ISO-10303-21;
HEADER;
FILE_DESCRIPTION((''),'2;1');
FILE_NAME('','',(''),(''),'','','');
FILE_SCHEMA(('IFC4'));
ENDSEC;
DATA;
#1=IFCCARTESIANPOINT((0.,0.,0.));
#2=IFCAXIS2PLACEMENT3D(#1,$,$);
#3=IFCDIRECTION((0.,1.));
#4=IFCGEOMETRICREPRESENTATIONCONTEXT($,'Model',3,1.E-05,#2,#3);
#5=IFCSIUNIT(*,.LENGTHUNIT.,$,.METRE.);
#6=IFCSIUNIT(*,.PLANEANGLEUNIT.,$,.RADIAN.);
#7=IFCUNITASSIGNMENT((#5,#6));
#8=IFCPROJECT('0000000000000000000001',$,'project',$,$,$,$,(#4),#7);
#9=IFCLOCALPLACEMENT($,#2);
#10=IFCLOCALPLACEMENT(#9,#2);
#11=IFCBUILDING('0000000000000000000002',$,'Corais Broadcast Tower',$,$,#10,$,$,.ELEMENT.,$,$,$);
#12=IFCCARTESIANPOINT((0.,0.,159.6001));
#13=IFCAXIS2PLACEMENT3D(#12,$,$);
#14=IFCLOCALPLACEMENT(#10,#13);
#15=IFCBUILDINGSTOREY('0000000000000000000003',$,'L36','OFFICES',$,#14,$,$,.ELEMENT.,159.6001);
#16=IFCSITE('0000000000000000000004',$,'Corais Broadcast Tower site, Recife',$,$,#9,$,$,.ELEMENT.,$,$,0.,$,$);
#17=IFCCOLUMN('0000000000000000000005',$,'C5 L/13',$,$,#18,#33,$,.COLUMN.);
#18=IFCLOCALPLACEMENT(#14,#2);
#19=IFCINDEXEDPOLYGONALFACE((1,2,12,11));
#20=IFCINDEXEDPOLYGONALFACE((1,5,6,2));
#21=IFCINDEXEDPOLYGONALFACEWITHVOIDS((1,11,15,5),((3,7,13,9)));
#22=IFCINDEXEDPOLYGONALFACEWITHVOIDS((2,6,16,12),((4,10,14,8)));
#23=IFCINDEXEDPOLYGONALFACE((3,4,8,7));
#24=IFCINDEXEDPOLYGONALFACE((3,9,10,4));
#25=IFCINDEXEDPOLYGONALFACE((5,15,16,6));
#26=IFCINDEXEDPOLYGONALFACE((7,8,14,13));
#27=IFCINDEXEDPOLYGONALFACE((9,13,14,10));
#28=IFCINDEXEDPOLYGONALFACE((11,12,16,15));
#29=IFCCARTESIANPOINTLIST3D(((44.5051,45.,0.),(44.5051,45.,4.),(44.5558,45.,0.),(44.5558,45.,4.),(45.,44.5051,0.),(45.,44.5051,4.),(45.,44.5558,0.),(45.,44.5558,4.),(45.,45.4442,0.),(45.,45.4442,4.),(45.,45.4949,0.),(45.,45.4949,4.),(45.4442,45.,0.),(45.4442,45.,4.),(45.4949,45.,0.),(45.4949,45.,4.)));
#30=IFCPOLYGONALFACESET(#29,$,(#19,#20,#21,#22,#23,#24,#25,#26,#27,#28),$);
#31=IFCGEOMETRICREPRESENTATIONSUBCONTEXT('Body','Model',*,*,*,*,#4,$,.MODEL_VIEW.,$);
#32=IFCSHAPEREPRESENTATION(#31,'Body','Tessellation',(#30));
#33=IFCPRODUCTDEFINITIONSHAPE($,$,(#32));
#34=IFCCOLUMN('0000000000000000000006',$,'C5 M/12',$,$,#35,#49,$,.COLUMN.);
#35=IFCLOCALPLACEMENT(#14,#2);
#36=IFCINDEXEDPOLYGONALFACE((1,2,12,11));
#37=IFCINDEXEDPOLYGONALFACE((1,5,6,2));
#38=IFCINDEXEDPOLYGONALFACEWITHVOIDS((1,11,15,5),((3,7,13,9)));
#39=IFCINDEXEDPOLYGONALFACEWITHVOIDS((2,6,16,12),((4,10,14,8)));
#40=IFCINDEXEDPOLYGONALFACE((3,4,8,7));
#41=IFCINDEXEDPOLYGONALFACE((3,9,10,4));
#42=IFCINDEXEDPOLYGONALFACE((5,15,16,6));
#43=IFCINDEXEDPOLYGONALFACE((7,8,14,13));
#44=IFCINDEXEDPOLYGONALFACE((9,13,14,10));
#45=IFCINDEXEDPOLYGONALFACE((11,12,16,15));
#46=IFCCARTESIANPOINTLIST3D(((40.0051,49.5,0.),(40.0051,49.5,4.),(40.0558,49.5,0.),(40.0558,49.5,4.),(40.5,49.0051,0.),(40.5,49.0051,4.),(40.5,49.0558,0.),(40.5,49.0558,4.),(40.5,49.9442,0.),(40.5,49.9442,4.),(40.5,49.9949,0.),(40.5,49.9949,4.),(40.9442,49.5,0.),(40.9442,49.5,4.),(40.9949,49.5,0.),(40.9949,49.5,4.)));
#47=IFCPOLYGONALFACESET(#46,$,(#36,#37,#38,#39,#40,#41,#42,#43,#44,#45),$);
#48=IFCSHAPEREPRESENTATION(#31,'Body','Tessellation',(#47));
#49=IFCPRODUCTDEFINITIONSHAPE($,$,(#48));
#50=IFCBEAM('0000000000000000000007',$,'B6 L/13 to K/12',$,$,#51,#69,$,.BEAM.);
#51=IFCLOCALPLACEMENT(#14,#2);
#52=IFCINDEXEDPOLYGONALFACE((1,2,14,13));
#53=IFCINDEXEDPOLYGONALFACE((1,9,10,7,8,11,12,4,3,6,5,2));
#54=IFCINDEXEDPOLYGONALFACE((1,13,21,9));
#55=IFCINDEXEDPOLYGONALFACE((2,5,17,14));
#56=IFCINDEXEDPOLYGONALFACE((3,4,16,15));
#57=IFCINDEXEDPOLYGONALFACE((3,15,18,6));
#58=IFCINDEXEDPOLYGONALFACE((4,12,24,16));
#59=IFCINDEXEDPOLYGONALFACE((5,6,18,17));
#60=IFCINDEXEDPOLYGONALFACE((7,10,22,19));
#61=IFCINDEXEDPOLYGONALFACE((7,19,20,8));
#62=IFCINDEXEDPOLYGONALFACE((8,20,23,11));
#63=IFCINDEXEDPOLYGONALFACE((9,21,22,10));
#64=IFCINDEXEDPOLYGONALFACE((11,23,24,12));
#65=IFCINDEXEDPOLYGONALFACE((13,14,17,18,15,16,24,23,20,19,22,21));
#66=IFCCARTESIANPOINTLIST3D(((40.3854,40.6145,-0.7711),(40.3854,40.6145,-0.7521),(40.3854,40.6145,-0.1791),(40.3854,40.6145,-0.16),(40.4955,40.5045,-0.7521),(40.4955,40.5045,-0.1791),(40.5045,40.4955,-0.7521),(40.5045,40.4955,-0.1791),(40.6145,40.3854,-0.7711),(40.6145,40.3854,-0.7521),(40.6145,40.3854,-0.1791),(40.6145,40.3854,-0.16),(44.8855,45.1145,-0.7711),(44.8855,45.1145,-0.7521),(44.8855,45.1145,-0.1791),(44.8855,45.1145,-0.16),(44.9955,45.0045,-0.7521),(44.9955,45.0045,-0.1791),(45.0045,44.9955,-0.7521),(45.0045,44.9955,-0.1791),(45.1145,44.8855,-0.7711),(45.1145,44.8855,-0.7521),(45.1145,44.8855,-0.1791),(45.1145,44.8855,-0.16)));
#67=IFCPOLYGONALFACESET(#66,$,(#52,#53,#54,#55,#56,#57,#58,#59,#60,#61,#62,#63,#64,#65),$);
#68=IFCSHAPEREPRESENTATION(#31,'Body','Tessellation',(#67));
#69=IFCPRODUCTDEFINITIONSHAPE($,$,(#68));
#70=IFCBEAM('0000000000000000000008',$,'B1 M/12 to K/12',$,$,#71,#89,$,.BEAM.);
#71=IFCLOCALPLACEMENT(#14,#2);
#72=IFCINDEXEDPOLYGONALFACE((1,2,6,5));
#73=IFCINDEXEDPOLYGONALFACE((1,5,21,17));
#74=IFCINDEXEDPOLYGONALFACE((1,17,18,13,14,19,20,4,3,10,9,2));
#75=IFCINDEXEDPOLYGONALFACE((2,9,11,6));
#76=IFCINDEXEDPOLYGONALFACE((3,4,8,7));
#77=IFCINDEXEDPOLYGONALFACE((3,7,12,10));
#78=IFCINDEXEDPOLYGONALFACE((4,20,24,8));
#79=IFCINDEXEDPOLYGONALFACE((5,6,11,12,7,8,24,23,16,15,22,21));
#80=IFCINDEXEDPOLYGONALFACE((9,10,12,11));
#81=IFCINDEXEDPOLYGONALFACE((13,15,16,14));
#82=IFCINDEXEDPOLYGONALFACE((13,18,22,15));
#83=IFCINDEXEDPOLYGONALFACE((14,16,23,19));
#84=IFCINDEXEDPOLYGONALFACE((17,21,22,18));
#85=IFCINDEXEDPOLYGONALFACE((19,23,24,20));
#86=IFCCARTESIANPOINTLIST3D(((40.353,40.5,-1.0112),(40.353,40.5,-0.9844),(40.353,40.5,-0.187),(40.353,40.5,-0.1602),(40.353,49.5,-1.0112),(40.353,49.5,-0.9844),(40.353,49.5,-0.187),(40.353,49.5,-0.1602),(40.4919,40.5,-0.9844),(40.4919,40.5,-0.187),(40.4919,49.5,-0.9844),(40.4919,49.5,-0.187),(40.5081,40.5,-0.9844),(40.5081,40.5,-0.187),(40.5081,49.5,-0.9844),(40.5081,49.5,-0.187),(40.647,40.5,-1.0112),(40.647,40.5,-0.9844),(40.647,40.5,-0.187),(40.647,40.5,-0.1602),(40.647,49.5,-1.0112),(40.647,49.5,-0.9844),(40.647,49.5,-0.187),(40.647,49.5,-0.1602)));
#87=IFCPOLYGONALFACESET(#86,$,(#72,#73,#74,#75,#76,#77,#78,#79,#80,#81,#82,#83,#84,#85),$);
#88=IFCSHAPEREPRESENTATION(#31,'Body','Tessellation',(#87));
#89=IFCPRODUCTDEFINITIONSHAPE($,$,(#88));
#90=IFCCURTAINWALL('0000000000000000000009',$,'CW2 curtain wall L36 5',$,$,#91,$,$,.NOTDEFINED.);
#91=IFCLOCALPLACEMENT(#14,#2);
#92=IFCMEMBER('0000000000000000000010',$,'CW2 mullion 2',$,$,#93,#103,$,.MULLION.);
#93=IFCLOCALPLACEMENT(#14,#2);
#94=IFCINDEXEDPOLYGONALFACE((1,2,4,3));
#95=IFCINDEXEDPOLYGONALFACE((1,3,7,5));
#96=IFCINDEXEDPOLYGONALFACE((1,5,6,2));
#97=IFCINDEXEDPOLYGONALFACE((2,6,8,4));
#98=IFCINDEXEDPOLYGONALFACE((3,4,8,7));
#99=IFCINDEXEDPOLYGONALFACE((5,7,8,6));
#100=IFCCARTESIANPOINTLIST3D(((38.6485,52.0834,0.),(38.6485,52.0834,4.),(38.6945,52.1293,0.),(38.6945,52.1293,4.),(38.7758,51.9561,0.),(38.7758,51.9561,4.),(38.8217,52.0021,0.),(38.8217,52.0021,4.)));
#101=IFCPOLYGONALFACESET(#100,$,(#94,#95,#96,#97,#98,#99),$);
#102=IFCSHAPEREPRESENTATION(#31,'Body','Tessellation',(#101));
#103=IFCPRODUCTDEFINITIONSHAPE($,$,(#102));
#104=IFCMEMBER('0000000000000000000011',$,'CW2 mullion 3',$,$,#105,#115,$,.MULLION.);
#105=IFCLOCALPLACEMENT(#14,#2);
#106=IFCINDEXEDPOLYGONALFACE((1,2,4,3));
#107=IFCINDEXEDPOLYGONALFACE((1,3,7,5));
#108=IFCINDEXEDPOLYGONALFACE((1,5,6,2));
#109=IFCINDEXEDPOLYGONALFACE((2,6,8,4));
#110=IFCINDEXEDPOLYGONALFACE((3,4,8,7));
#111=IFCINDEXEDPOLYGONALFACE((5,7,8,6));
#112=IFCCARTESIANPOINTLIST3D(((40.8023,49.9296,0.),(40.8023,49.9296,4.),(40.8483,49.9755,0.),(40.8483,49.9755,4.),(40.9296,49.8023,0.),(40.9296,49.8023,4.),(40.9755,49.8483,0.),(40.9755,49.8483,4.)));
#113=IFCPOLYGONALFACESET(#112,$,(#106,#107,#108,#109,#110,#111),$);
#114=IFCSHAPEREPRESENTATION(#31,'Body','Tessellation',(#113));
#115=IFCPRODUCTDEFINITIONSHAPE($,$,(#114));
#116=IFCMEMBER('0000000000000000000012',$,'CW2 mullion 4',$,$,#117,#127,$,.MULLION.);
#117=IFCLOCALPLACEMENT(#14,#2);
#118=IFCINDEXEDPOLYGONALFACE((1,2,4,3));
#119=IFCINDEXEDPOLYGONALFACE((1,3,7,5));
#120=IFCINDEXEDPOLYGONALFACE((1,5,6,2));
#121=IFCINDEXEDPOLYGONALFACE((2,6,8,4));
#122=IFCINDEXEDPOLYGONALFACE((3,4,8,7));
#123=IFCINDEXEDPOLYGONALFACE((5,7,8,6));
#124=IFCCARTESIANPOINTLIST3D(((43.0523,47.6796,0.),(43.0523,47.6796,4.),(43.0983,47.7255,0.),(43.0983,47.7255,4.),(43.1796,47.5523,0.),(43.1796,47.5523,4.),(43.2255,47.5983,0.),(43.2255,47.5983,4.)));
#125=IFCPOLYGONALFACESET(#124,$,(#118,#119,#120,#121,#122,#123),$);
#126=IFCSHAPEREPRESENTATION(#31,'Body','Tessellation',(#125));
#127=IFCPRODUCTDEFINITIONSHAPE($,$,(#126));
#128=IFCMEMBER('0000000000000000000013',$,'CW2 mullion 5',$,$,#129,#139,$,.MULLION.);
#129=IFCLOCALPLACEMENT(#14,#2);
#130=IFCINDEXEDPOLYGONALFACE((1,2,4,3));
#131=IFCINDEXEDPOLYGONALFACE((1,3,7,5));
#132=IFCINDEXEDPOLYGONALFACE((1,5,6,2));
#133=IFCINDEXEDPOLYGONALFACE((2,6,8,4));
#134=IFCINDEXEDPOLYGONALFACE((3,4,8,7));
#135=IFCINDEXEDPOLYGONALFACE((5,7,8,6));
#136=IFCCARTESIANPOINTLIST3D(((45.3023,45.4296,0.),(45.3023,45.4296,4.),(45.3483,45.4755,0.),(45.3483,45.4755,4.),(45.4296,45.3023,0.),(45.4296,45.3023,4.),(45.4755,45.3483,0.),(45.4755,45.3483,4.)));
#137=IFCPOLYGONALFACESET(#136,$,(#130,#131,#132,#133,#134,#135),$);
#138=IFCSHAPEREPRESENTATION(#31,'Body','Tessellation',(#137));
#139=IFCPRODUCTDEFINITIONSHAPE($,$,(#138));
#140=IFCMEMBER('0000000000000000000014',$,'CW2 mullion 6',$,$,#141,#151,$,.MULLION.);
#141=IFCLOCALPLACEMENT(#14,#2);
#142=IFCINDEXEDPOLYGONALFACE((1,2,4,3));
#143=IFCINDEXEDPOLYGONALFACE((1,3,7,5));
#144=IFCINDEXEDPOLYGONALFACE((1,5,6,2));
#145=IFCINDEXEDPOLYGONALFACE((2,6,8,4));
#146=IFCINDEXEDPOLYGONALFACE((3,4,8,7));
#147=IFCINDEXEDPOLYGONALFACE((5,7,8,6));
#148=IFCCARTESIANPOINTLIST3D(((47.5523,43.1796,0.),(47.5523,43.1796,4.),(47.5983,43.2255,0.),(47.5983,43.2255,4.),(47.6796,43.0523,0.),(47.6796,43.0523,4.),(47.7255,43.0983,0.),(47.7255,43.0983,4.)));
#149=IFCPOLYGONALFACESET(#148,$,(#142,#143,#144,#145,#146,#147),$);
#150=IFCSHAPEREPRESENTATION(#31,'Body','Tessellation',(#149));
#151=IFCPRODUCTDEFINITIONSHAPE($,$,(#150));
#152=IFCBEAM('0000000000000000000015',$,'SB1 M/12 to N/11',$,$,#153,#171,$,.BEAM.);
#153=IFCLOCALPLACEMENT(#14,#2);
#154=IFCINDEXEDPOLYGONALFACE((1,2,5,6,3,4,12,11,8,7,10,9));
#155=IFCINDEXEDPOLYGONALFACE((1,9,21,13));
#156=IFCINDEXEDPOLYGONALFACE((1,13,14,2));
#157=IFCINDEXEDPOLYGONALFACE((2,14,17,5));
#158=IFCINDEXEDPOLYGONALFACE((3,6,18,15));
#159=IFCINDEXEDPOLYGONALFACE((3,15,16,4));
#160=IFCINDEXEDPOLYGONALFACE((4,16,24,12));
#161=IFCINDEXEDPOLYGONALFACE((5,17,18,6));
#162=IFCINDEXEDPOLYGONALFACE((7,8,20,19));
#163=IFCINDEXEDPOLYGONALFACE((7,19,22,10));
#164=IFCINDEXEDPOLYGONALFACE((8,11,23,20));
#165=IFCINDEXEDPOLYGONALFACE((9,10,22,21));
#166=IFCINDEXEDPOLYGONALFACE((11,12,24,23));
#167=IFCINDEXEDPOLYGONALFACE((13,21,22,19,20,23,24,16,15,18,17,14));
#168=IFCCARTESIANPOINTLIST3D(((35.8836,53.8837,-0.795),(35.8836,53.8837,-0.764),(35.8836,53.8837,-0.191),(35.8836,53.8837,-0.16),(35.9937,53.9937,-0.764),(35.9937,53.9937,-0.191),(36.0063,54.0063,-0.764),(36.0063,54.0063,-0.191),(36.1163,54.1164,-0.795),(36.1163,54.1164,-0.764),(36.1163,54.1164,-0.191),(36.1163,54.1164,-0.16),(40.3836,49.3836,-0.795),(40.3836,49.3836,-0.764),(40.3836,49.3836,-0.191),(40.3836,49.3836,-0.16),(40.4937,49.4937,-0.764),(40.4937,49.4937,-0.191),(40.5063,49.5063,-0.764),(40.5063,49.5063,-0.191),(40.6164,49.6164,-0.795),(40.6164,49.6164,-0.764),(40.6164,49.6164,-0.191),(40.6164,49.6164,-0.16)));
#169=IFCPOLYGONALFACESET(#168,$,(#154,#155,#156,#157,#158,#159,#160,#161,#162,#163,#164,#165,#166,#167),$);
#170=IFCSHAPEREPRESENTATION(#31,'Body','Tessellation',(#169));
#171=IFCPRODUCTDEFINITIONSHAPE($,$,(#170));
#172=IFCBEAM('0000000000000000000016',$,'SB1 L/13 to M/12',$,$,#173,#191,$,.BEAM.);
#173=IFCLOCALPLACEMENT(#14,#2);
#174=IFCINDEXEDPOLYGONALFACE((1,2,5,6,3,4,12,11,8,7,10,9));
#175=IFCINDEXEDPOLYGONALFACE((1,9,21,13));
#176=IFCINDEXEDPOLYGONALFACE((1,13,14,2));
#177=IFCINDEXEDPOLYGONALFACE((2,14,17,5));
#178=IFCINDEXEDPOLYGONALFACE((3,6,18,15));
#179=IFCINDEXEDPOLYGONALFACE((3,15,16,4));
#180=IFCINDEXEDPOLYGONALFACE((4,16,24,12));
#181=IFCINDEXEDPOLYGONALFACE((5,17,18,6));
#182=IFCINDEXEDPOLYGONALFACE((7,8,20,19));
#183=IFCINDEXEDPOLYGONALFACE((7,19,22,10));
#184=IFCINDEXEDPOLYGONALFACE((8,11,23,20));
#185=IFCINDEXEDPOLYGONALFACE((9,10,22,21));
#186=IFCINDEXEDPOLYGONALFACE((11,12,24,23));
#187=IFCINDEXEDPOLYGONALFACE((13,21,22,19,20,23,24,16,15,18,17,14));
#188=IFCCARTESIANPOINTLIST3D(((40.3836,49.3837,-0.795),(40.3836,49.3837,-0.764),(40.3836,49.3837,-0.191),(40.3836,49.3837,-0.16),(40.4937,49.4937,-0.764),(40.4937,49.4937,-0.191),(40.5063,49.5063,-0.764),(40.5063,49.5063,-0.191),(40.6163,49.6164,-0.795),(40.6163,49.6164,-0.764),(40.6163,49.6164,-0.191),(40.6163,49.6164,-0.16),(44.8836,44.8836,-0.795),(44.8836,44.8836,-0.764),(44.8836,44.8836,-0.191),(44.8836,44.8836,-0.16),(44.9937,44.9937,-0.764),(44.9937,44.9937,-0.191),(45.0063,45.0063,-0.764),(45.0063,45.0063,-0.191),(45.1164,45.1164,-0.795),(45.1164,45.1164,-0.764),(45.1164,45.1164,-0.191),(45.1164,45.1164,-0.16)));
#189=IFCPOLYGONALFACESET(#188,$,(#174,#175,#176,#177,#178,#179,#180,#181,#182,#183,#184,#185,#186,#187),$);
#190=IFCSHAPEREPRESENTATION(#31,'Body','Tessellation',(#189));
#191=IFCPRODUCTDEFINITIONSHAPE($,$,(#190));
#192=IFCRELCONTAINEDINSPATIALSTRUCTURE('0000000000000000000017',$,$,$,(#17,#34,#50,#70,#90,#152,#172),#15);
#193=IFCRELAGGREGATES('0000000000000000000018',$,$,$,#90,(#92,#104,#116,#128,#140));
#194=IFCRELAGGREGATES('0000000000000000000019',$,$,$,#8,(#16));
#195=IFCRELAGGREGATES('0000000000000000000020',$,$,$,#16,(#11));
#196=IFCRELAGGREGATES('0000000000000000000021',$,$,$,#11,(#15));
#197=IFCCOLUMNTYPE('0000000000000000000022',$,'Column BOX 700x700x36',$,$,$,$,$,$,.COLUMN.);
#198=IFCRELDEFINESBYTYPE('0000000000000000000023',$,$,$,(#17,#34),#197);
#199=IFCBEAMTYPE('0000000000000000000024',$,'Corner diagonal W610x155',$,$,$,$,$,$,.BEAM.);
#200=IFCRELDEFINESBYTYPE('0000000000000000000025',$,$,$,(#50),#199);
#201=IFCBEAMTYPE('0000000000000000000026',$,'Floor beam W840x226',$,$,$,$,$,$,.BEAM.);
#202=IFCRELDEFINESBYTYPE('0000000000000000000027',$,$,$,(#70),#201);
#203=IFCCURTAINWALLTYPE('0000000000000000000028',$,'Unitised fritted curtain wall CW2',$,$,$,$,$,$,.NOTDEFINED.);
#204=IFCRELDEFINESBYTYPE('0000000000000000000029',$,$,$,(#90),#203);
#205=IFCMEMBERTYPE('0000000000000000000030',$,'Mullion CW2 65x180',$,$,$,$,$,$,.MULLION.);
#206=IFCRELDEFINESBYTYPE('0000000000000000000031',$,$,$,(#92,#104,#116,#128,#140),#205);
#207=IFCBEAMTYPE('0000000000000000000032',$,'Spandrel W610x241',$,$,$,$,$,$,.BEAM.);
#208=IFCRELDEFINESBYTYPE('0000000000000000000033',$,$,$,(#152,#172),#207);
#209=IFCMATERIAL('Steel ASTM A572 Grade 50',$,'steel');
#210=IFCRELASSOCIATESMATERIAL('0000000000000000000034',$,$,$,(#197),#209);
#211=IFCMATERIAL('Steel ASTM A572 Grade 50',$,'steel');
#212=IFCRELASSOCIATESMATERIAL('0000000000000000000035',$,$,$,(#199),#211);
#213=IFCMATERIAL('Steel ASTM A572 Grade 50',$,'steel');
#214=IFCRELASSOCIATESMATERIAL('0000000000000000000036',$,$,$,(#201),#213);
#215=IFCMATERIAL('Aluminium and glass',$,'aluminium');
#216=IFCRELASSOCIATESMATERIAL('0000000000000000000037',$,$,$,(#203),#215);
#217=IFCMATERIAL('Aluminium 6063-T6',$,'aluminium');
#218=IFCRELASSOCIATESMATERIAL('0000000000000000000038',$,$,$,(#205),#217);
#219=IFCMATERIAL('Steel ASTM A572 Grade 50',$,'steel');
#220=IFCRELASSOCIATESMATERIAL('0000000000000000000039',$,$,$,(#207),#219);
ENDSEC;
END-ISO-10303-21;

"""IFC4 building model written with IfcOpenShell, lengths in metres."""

from ifc_helpers import new_model, si_unit, direction, frame, origin, origin_2d, place, context, subcontext, project, spatial, rectangle, hollow_rectangle, i_section, extrude, material, material_profile, profile_set, type_object, element, aggregate, save


model = new_model("IFC4")

# Units and contexts
model_context = context("Model", 3, precision=1e-05, world=origin(), true_north=direction((0.0, 1.0)))
body_context = subcontext(model_context, "Body", "Model", "MODEL_VIEW")
ifc_project = project(units=[si_unit("LENGTHUNIT", "METRE"), si_unit("PLANEANGLEUNIT", "RADIAN")], contexts=[model_context])

# Site, building, storey
site_placement = place(None, origin())
site = spatial("IfcSite", under=ifc_project, at=site_placement, Name="Corais Broadcast Tower site, Recife", CompositionType="ELEMENT", RefElevation=0.0)
building_placement = place(site_placement, origin())
building = spatial("IfcBuilding", under=site, at=building_placement, Name="Corais Broadcast Tower", CompositionType="ELEMENT")
storey_placement = place(building_placement, frame((0.0, 0.0, 159.6001)))
storey = spatial("IfcBuildingStorey", under=building, at=storey_placement, Name="L36", Description="OFFICES", CompositionType="ELEMENT", Elevation=159.6001)

# Columns
ifc_material_1 = material(Name="Steel ASTM A572 Grade 50", Category="steel")
ifc_material_profile_1 = material_profile(ifc_material_1, hollow_rectangle(XDim=0.7, YDim=0.7, WallThickness=0.0359, at=origin_2d()), Name="BOX 700x700x36")
ifc_profile_set_1 = profile_set([ifc_material_profile_1], Name="Steel ASTM A572 Grade 50")
column_type = type_object("IfcColumnType", Name="Column BOX 700x700x36", PredefinedType="COLUMN", material=ifc_profile_set_1)
for number, where, z_axis, x_axis, name in (
    (1, (45.0, 45.0, 0.0), (0.0, 0.0, 1.0), (0.707107, 0.707107, 0.0), "C5 L/13"),
    (2, (40.5, 49.5, 0.0), (0.0, 0.0, 1.0), (0.707107, 0.707107, 0.0), "C5 M/12"),
):
    element("IfcColumn", number, at=place(storey_placement, frame(where, z_axis=z_axis, x_axis=x_axis)), inside=storey, type_object=column_type, Name=name, PredefinedType="COLUMN", context=body_context, shape_type="SweptSolid", body=[
        extrude(hollow_rectangle(XDim=0.7, YDim=0.7, WallThickness=0.0359, at=origin_2d()), origin(), (0.0, 0.0, 1.0), 4.0),
    ])

# Beams
ifc_material_2 = material(Name="Steel ASTM A572 Grade 50", Category="steel")
ifc_material_profile_2 = material_profile(ifc_material_2, i_section(OverallWidth=0.324, OverallDepth=0.6111, WebThickness=0.0127, FlangeThickness=0.019, at=origin_2d()), Name="W610x155")
ifc_profile_set_2 = profile_set([ifc_material_profile_2], Name="Steel ASTM A572 Grade 50")
beam_type_1 = type_object("IfcBeamType", Name="Corner diagonal W610x155", PredefinedType="BEAM", material=ifc_profile_set_2)
beam_1_placement = place(storey_placement, frame((45.0, 45.0, -0.4656), z_axis=(-0.707107, -0.707107, 0.0), x_axis=(0.707107, -0.707107, 0.0)))
element("IfcBeam", 3, at=beam_1_placement, inside=storey, type_object=beam_type_1, Name="B6 L/13 to K/12", PredefinedType="BEAM", context=body_context, shape_type="SweptSolid", body=[
    extrude(i_section(OverallWidth=0.324, OverallDepth=0.6111, WebThickness=0.0127, FlangeThickness=0.019, at=origin_2d()), origin(), (0.0, 0.0, 1.0), 6.364),
])
ifc_material_3 = material(Name="Steel ASTM A572 Grade 50", Category="steel")
ifc_material_profile_3 = material_profile(ifc_material_3, i_section(OverallWidth=0.2939, OverallDepth=0.8511, WebThickness=0.0161, FlangeThickness=0.0269, at=origin_2d()), Name="W840x226")
ifc_profile_set_3 = profile_set([ifc_material_profile_3], Name="Steel ASTM A572 Grade 50")
beam_type_2 = type_object("IfcBeamType", Name="Floor beam W840x226", PredefinedType="BEAM", material=ifc_profile_set_3)
beam_2_placement = place(storey_placement, frame((40.5, 49.5, -0.5857), z_axis=(0.0, -1.0, 0.0), x_axis=(1.0, 0.0, 0.0)))
element("IfcBeam", 4, at=beam_2_placement, inside=storey, type_object=beam_type_2, Name="B1 M/12 to K/12", PredefinedType="BEAM", context=body_context, shape_type="SweptSolid", body=[
    extrude(i_section(OverallWidth=0.2939, OverallDepth=0.8511, WebThickness=0.0161, FlangeThickness=0.0269, at=origin_2d()), origin(), (0.0, 0.0, 1.0), 9.0),
])

# Curtain wall, members
ifc_material_4 = material(Name="Aluminium and glass", Category="aluminium")
curtain_wall_type = type_object("IfcCurtainWallType", Name="Unitised fritted curtain wall CW2", PredefinedType="NOTDEFINED", material=ifc_material_4)
curtain_wall_placement = place(storey_placement, origin())
curtain_wall = element("IfcCurtainWall", 5, at=curtain_wall_placement, inside=storey, type_object=curtain_wall_type, Name="CW2 curtain wall L36 5", PredefinedType="NOTDEFINED")
ifc_material_5 = material(Name="Aluminium 6063-T6", Category="aluminium")
ifc_material_profile_4 = material_profile(ifc_material_5, rectangle(XDim=0.0649, YDim=0.1799, at=origin_2d()), Name="Mullion CW2 65x180")
ifc_profile_set_4 = profile_set([ifc_material_profile_4], Name="Aluminium 6063-T6")
member_type_1 = type_object("IfcMemberType", Name="Mullion CW2 65x180", PredefinedType="MULLION", material=ifc_profile_set_4)
member_1_placement = place(storey_placement, frame((38.7351, 52.0427, 0.0), z_axis=(0.0, 0.0, 1.0), x_axis=(0.707107, 0.707107, 0.0)))
member_1 = element("IfcMember", 6, at=member_1_placement, type_object=member_type_1, Name="CW2 mullion 2", PredefinedType="MULLION", context=body_context, shape_type="SweptSolid", body=[
    extrude(rectangle(XDim=0.0649, YDim=0.1799, at=origin_2d()), origin(), (0.0, 0.0, 1.0), 4.0),
])
member_2_placement = place(storey_placement, frame((40.8889, 49.8889, 0.0), z_axis=(0.0, 0.0, 1.0), x_axis=(0.707107, 0.707107, 0.0)))
member_2 = element("IfcMember", 7, at=member_2_placement, type_object=member_type_1, Name="CW2 mullion 3", PredefinedType="MULLION", context=body_context, shape_type="SweptSolid", body=[
    extrude(rectangle(XDim=0.0649, YDim=0.1799, at=origin_2d()), origin(), (0.0, 0.0, 1.0), 4.0),
])
member_3_placement = place(storey_placement, frame((43.1389, 47.6389, 0.0), z_axis=(0.0, 0.0, 1.0), x_axis=(0.707107, 0.707107, 0.0)))
member_3 = element("IfcMember", 8, at=member_3_placement, type_object=member_type_1, Name="CW2 mullion 4", PredefinedType="MULLION", context=body_context, shape_type="SweptSolid", body=[
    extrude(rectangle(XDim=0.0649, YDim=0.1799, at=origin_2d()), origin(), (0.0, 0.0, 1.0), 4.0),
])
member_4_placement = place(storey_placement, frame((45.3889, 45.3889, 0.0), z_axis=(0.0, 0.0, 1.0), x_axis=(0.707107, 0.707107, 0.0)))
member_4 = element("IfcMember", 9, at=member_4_placement, type_object=member_type_1, Name="CW2 mullion 5", PredefinedType="MULLION", context=body_context, shape_type="SweptSolid", body=[
    extrude(rectangle(XDim=0.0649, YDim=0.1799, at=origin_2d()), origin(), (0.0, 0.0, 1.0), 4.0),
])
member_5_placement = place(storey_placement, frame((47.6389, 43.1389, 0.0), z_axis=(0.0, 0.0, 1.0), x_axis=(0.707107, 0.707107, 0.0)))
member_5 = element("IfcMember", 10, at=member_5_placement, type_object=member_type_1, Name="CW2 mullion 6", PredefinedType="MULLION", context=body_context, shape_type="SweptSolid", body=[
    extrude(rectangle(XDim=0.0649, YDim=0.1799, at=origin_2d()), origin(), (0.0, 0.0, 1.0), 4.0),
])

# Beams
ifc_material_6 = material(Name="Steel ASTM A572 Grade 50", Category="steel")
ifc_material_profile_5 = material_profile(ifc_material_6, i_section(OverallWidth=0.3291, OverallDepth=0.635, WebThickness=0.0178, FlangeThickness=0.031, at=origin_2d()), Name="W610x241")
ifc_profile_set_5 = profile_set([ifc_material_profile_5], Name="Steel ASTM A572 Grade 50")
beam_type_3 = type_object("IfcBeamType", Name="Spandrel W610x241", PredefinedType="BEAM", material=ifc_profile_set_5)
for number, where, z_axis, x_axis, name in (
    (11, (40.5, 49.5, -0.4775), (-0.707107, 0.707107, 0.0), (-0.707107, -0.707107, 0.0), "SB1 M/12 to N/11"),
    (12, (45.0, 45.0, -0.4775), (-0.707107, 0.707107, 0.0), (-0.707107, -0.707107, 0.0), "SB1 L/13 to M/12"),
):
    element("IfcBeam", number, at=place(storey_placement, frame(where, z_axis=z_axis, x_axis=x_axis)), inside=storey, type_object=beam_type_3, Name=name, PredefinedType="BEAM", context=body_context, shape_type="SweptSolid", body=[
        extrude(i_section(OverallWidth=0.3291, OverallDepth=0.635, WebThickness=0.0178, FlangeThickness=0.031, at=origin_2d()), origin(), (0.0, 0.0, 1.0), 6.364),
    ])

aggregate(curtain_wall, [member_1, member_2, member_3, member_4, member_5])

save(model, "model.ifc")
